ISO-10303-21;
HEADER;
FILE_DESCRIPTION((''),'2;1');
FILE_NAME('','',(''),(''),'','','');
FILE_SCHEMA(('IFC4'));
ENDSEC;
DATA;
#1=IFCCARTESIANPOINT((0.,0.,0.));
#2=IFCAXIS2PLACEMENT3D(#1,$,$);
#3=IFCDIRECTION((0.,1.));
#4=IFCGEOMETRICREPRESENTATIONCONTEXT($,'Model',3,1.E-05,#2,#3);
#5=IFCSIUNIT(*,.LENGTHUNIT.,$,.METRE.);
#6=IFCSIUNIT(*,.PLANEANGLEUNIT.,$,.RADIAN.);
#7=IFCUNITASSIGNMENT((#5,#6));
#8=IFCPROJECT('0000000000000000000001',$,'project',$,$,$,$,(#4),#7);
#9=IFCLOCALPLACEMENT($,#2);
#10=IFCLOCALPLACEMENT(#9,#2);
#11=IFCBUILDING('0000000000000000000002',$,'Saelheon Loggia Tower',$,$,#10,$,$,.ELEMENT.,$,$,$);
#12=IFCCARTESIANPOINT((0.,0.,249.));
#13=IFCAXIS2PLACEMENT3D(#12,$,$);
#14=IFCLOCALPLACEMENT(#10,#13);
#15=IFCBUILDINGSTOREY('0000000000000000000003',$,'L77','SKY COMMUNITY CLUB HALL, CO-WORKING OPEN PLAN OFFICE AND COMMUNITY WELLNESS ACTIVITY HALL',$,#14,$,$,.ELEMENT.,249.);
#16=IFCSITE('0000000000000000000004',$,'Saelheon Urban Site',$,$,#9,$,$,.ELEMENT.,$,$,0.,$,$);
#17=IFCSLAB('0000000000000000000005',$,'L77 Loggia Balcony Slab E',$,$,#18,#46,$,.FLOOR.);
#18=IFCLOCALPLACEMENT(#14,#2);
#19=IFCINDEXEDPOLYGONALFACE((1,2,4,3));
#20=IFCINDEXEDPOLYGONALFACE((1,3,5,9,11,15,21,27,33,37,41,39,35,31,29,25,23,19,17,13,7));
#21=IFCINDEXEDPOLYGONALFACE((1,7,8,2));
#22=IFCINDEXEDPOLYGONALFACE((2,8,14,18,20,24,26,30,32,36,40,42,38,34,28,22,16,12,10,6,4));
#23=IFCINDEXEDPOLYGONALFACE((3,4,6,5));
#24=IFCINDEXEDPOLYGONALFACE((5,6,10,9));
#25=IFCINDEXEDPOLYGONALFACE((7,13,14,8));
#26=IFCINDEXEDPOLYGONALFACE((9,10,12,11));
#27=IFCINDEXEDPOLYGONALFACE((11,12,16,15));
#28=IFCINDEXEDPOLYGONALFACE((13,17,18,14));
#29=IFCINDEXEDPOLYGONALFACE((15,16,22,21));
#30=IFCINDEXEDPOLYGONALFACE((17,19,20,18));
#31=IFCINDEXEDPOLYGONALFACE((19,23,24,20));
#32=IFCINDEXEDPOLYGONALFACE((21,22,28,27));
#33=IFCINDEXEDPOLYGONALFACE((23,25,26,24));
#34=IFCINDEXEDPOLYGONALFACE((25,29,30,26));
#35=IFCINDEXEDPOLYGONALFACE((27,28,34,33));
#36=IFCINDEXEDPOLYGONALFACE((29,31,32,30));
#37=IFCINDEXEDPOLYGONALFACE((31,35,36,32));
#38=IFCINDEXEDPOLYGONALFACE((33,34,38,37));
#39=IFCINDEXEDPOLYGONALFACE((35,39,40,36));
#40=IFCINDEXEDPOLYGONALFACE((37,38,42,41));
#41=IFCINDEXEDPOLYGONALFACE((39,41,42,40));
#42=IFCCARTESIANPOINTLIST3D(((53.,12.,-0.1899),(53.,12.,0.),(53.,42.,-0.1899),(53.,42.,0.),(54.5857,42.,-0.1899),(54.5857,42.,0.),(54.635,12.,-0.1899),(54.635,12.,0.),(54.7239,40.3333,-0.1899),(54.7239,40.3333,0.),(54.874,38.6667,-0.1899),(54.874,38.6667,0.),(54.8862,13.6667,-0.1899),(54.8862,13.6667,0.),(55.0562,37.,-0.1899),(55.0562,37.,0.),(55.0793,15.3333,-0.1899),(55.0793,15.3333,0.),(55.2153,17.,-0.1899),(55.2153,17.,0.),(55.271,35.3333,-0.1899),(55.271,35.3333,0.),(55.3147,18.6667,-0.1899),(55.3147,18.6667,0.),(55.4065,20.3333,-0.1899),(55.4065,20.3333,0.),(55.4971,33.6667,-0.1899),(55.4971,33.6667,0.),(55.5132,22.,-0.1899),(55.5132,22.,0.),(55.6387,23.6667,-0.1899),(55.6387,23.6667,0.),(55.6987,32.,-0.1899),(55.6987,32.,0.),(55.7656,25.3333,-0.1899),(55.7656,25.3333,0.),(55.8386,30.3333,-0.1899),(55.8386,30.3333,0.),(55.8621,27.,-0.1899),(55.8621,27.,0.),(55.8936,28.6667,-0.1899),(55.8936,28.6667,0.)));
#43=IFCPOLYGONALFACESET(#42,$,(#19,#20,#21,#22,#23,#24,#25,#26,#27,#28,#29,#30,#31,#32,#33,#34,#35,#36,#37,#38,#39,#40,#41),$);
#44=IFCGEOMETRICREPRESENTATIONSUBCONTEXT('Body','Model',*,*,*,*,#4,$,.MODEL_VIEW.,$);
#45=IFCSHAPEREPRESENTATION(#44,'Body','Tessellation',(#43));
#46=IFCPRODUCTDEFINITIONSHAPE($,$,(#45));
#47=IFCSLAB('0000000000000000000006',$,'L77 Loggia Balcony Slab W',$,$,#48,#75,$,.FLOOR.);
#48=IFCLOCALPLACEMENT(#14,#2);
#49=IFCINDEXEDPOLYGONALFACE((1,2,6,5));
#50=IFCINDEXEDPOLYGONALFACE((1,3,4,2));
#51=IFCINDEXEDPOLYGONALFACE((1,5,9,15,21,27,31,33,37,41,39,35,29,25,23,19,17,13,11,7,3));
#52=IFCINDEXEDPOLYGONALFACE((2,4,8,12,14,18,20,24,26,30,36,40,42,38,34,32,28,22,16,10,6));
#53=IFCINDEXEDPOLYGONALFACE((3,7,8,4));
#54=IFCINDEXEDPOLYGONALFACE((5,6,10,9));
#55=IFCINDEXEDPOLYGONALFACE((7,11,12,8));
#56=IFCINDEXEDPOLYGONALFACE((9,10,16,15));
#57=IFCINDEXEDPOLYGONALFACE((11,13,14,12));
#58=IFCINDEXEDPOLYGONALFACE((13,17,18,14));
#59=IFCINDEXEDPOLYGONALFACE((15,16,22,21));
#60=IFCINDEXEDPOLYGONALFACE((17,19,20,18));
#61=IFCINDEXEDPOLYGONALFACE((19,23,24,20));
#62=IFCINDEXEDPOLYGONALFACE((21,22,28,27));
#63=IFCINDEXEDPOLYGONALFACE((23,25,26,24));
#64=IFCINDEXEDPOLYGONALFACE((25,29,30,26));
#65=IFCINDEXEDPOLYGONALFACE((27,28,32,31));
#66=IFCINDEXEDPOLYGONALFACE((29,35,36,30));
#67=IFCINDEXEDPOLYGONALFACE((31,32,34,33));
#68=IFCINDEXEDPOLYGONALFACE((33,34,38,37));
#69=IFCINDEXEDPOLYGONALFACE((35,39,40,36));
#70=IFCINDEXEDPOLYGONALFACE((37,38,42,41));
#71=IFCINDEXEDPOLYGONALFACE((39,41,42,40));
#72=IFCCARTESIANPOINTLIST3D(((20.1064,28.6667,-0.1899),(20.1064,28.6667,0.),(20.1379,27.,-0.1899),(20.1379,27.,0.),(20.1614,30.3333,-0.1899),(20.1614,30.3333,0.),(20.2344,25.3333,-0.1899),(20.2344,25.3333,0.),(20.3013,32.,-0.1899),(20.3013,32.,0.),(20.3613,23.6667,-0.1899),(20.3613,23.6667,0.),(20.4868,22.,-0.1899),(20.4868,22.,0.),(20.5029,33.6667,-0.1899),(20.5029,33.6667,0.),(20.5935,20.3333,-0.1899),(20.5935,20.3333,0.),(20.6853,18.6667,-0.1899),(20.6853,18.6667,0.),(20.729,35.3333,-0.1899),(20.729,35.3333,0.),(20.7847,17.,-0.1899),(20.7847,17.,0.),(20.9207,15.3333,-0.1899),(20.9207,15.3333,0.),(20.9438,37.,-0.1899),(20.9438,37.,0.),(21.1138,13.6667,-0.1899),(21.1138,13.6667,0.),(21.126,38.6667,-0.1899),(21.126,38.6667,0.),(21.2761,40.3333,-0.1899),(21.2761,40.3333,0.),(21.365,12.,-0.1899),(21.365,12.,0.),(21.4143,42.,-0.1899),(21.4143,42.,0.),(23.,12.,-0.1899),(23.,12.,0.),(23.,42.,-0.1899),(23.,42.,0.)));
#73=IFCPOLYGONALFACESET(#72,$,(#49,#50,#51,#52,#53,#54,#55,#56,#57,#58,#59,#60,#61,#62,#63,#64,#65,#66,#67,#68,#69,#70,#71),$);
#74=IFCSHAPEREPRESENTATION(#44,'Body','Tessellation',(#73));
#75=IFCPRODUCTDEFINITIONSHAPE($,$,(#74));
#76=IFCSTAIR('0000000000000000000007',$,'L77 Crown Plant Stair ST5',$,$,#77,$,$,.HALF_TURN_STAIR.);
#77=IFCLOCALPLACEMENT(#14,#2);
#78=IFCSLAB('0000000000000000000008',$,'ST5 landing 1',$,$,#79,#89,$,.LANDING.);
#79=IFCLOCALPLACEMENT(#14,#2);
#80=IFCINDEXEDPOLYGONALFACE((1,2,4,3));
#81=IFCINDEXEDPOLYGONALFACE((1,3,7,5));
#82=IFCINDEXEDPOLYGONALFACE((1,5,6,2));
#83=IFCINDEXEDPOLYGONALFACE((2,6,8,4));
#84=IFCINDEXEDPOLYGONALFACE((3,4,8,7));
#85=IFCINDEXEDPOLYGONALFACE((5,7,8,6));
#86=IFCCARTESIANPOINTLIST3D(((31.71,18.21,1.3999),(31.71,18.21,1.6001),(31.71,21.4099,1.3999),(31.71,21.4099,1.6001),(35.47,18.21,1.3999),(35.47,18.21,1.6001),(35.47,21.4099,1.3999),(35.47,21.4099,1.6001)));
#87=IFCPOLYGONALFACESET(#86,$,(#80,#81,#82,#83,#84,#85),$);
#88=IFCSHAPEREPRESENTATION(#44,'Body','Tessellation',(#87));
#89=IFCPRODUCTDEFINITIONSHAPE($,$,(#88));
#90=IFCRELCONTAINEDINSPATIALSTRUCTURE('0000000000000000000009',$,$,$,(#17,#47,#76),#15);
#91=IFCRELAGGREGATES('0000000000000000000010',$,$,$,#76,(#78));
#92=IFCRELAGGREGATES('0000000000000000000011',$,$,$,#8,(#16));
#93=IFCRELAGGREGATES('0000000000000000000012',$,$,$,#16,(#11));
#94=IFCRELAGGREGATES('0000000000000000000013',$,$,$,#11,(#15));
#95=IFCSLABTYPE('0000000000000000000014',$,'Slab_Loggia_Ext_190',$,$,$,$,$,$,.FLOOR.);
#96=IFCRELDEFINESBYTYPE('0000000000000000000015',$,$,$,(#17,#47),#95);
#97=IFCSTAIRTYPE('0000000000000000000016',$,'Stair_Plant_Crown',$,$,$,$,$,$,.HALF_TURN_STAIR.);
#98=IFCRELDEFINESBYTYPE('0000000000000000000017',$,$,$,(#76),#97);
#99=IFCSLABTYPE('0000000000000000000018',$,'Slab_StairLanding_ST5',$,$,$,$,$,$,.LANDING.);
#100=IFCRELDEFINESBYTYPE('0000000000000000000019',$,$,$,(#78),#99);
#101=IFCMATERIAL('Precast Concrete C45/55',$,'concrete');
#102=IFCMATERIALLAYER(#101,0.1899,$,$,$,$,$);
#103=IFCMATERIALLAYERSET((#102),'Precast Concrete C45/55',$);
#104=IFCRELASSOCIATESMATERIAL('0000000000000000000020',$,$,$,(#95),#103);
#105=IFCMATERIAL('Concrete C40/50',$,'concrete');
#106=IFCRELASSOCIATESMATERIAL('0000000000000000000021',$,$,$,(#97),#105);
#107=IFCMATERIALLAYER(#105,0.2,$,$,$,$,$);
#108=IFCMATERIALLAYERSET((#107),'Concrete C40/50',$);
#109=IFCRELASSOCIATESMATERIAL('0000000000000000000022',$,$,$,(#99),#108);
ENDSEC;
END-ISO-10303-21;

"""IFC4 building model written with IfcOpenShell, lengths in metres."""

from ifc_helpers import new_model, si_unit, direction, frame, origin, place, context, subcontext, project, spatial, polyline, outline, extrude, material, layer, layer_set, type_object, element, aggregate, save


model = new_model("IFC4")

# Units and contexts
model_context = context("Model", 3, precision=1e-05, world=origin(), true_north=direction((0.0, 1.0)))
body_context = subcontext(model_context, "Body", "Model", "MODEL_VIEW")
ifc_project = project(units=[si_unit("LENGTHUNIT", "METRE"), si_unit("PLANEANGLEUNIT", "RADIAN")], contexts=[model_context])

# Site, building, storey
site_placement = place(None, origin())
site = spatial("IfcSite", under=ifc_project, at=site_placement, Name="Saelheon Urban Site", CompositionType="ELEMENT", RefElevation=0.0)
building_placement = place(site_placement, origin())
building = spatial("IfcBuilding", under=site, at=building_placement, Name="Saelheon Loggia Tower", CompositionType="ELEMENT")
storey_placement = place(building_placement, frame((0.0, 0.0, 249.0)))
storey = spatial("IfcBuildingStorey", under=building, at=storey_placement, Name="L77", Description="SKY COMMUNITY CLUB HALL, CO-WORKING OPEN PLAN OFFICE AND COMMUNITY WELLNESS ACTIVITY HALL", CompositionType="ELEMENT", Elevation=249.0)

# Shared definitions
ifc_material_1 = material(Name="Precast Concrete C45/55", Category="concrete")

# Shared definitions
ifc_material_2 = material(Name="Concrete C40/50", Category="concrete")

# Slabs
ifc_layer_1 = layer(ifc_material_1, 0.1899)
ifc_layer_set_1 = layer_set([ifc_layer_1], Name="Precast Concrete C45/55")
slab_type_1 = type_object("IfcSlabType", Name="Slab_Loggia_Ext_190", PredefinedType="FLOOR", material=ifc_layer_set_1)
slab_1_placement = place(storey_placement, frame((0.0, 0.0, -0.1899)))
element("IfcSlab", 1, at=slab_1_placement, inside=storey, type_object=slab_type_1, Name="L77 Loggia Balcony Slab E", PredefinedType="FLOOR", context=body_context, shape_type="SweptSolid", body=[
    extrude(outline(polyline([(53.0, 12.0), (54.635, 12.0), (54.8862, 13.6667), (55.0793, 15.3333), (55.2153, 17.0), (55.3147, 18.6667), (55.4065, 20.3333), (55.5132, 22.0), (55.6387, 23.6667), (55.7656, 25.3333), (55.8621, 27.0), (55.8936, 28.6667), (55.8386, 30.3333), (55.6987, 32.0), (55.4971, 33.6667), (55.271, 35.3333), (55.0562, 37.0), (54.874, 38.6667), (54.7239, 40.3333), (54.5857, 42.0), (53.0, 42.0), (53.0, 12.0)])), origin(), (0.0, 0.0, 1.0), 0.1899),
])
slab_2_placement = place(storey_placement, frame((0.0, 0.0, -0.1899)))
element("IfcSlab", 2, at=slab_2_placement, inside=storey, type_object=slab_type_1, Name="L77 Loggia Balcony Slab W", PredefinedType="FLOOR", context=body_context, shape_type="SweptSolid", body=[
    extrude(outline(polyline([(23.0, 12.0), (23.0, 42.0), (21.4143, 42.0), (21.2761, 40.3333), (21.126, 38.6667), (20.9438, 37.0), (20.729, 35.3333), (20.5029, 33.6667), (20.3013, 32.0), (20.1614, 30.3333), (20.1064, 28.6667), (20.1379, 27.0), (20.2344, 25.3333), (20.3613, 23.6667), (20.4868, 22.0), (20.5935, 20.3333), (20.6853, 18.6667), (20.7847, 17.0), (20.9207, 15.3333), (21.1138, 13.6667), (21.365, 12.0), (23.0, 12.0)])), origin(), (0.0, 0.0, 1.0), 0.1899),
])

# Stair, slab
stair_type = type_object("IfcStairType", Name="Stair_Plant_Crown", PredefinedType="HALF_TURN_STAIR", material=ifc_material_2)
stair_placement = place(storey_placement, origin())
stair = element("IfcStair", 3, at=stair_placement, inside=storey, type_object=stair_type, Name="L77 Crown Plant Stair ST5", PredefinedType="HALF_TURN_STAIR")
ifc_layer_2 = layer(ifc_material_2, 0.2)
ifc_layer_set_2 = layer_set([ifc_layer_2], Name="Concrete C40/50")
slab_type_2 = type_object("IfcSlabType", Name="Slab_StairLanding_ST5", PredefinedType="LANDING", material=ifc_layer_set_2)
slab_3_placement = place(storey_placement, frame((0.0, 0.0, 1.3999)))
slab_3 = element("IfcSlab", 4, at=slab_3_placement, type_object=slab_type_2, Name="ST5 landing 1", PredefinedType="LANDING", context=body_context, shape_type="SweptSolid", body=[
    extrude(outline(polyline([(31.71, 21.4099), (31.71, 18.21), (35.47, 18.21), (35.47, 21.4099), (31.71, 21.4099)])), origin(), (0.0, 0.0, 1.0), 0.2002),
])
aggregate(stair, [slab_3])

save(model, "model.ifc")
